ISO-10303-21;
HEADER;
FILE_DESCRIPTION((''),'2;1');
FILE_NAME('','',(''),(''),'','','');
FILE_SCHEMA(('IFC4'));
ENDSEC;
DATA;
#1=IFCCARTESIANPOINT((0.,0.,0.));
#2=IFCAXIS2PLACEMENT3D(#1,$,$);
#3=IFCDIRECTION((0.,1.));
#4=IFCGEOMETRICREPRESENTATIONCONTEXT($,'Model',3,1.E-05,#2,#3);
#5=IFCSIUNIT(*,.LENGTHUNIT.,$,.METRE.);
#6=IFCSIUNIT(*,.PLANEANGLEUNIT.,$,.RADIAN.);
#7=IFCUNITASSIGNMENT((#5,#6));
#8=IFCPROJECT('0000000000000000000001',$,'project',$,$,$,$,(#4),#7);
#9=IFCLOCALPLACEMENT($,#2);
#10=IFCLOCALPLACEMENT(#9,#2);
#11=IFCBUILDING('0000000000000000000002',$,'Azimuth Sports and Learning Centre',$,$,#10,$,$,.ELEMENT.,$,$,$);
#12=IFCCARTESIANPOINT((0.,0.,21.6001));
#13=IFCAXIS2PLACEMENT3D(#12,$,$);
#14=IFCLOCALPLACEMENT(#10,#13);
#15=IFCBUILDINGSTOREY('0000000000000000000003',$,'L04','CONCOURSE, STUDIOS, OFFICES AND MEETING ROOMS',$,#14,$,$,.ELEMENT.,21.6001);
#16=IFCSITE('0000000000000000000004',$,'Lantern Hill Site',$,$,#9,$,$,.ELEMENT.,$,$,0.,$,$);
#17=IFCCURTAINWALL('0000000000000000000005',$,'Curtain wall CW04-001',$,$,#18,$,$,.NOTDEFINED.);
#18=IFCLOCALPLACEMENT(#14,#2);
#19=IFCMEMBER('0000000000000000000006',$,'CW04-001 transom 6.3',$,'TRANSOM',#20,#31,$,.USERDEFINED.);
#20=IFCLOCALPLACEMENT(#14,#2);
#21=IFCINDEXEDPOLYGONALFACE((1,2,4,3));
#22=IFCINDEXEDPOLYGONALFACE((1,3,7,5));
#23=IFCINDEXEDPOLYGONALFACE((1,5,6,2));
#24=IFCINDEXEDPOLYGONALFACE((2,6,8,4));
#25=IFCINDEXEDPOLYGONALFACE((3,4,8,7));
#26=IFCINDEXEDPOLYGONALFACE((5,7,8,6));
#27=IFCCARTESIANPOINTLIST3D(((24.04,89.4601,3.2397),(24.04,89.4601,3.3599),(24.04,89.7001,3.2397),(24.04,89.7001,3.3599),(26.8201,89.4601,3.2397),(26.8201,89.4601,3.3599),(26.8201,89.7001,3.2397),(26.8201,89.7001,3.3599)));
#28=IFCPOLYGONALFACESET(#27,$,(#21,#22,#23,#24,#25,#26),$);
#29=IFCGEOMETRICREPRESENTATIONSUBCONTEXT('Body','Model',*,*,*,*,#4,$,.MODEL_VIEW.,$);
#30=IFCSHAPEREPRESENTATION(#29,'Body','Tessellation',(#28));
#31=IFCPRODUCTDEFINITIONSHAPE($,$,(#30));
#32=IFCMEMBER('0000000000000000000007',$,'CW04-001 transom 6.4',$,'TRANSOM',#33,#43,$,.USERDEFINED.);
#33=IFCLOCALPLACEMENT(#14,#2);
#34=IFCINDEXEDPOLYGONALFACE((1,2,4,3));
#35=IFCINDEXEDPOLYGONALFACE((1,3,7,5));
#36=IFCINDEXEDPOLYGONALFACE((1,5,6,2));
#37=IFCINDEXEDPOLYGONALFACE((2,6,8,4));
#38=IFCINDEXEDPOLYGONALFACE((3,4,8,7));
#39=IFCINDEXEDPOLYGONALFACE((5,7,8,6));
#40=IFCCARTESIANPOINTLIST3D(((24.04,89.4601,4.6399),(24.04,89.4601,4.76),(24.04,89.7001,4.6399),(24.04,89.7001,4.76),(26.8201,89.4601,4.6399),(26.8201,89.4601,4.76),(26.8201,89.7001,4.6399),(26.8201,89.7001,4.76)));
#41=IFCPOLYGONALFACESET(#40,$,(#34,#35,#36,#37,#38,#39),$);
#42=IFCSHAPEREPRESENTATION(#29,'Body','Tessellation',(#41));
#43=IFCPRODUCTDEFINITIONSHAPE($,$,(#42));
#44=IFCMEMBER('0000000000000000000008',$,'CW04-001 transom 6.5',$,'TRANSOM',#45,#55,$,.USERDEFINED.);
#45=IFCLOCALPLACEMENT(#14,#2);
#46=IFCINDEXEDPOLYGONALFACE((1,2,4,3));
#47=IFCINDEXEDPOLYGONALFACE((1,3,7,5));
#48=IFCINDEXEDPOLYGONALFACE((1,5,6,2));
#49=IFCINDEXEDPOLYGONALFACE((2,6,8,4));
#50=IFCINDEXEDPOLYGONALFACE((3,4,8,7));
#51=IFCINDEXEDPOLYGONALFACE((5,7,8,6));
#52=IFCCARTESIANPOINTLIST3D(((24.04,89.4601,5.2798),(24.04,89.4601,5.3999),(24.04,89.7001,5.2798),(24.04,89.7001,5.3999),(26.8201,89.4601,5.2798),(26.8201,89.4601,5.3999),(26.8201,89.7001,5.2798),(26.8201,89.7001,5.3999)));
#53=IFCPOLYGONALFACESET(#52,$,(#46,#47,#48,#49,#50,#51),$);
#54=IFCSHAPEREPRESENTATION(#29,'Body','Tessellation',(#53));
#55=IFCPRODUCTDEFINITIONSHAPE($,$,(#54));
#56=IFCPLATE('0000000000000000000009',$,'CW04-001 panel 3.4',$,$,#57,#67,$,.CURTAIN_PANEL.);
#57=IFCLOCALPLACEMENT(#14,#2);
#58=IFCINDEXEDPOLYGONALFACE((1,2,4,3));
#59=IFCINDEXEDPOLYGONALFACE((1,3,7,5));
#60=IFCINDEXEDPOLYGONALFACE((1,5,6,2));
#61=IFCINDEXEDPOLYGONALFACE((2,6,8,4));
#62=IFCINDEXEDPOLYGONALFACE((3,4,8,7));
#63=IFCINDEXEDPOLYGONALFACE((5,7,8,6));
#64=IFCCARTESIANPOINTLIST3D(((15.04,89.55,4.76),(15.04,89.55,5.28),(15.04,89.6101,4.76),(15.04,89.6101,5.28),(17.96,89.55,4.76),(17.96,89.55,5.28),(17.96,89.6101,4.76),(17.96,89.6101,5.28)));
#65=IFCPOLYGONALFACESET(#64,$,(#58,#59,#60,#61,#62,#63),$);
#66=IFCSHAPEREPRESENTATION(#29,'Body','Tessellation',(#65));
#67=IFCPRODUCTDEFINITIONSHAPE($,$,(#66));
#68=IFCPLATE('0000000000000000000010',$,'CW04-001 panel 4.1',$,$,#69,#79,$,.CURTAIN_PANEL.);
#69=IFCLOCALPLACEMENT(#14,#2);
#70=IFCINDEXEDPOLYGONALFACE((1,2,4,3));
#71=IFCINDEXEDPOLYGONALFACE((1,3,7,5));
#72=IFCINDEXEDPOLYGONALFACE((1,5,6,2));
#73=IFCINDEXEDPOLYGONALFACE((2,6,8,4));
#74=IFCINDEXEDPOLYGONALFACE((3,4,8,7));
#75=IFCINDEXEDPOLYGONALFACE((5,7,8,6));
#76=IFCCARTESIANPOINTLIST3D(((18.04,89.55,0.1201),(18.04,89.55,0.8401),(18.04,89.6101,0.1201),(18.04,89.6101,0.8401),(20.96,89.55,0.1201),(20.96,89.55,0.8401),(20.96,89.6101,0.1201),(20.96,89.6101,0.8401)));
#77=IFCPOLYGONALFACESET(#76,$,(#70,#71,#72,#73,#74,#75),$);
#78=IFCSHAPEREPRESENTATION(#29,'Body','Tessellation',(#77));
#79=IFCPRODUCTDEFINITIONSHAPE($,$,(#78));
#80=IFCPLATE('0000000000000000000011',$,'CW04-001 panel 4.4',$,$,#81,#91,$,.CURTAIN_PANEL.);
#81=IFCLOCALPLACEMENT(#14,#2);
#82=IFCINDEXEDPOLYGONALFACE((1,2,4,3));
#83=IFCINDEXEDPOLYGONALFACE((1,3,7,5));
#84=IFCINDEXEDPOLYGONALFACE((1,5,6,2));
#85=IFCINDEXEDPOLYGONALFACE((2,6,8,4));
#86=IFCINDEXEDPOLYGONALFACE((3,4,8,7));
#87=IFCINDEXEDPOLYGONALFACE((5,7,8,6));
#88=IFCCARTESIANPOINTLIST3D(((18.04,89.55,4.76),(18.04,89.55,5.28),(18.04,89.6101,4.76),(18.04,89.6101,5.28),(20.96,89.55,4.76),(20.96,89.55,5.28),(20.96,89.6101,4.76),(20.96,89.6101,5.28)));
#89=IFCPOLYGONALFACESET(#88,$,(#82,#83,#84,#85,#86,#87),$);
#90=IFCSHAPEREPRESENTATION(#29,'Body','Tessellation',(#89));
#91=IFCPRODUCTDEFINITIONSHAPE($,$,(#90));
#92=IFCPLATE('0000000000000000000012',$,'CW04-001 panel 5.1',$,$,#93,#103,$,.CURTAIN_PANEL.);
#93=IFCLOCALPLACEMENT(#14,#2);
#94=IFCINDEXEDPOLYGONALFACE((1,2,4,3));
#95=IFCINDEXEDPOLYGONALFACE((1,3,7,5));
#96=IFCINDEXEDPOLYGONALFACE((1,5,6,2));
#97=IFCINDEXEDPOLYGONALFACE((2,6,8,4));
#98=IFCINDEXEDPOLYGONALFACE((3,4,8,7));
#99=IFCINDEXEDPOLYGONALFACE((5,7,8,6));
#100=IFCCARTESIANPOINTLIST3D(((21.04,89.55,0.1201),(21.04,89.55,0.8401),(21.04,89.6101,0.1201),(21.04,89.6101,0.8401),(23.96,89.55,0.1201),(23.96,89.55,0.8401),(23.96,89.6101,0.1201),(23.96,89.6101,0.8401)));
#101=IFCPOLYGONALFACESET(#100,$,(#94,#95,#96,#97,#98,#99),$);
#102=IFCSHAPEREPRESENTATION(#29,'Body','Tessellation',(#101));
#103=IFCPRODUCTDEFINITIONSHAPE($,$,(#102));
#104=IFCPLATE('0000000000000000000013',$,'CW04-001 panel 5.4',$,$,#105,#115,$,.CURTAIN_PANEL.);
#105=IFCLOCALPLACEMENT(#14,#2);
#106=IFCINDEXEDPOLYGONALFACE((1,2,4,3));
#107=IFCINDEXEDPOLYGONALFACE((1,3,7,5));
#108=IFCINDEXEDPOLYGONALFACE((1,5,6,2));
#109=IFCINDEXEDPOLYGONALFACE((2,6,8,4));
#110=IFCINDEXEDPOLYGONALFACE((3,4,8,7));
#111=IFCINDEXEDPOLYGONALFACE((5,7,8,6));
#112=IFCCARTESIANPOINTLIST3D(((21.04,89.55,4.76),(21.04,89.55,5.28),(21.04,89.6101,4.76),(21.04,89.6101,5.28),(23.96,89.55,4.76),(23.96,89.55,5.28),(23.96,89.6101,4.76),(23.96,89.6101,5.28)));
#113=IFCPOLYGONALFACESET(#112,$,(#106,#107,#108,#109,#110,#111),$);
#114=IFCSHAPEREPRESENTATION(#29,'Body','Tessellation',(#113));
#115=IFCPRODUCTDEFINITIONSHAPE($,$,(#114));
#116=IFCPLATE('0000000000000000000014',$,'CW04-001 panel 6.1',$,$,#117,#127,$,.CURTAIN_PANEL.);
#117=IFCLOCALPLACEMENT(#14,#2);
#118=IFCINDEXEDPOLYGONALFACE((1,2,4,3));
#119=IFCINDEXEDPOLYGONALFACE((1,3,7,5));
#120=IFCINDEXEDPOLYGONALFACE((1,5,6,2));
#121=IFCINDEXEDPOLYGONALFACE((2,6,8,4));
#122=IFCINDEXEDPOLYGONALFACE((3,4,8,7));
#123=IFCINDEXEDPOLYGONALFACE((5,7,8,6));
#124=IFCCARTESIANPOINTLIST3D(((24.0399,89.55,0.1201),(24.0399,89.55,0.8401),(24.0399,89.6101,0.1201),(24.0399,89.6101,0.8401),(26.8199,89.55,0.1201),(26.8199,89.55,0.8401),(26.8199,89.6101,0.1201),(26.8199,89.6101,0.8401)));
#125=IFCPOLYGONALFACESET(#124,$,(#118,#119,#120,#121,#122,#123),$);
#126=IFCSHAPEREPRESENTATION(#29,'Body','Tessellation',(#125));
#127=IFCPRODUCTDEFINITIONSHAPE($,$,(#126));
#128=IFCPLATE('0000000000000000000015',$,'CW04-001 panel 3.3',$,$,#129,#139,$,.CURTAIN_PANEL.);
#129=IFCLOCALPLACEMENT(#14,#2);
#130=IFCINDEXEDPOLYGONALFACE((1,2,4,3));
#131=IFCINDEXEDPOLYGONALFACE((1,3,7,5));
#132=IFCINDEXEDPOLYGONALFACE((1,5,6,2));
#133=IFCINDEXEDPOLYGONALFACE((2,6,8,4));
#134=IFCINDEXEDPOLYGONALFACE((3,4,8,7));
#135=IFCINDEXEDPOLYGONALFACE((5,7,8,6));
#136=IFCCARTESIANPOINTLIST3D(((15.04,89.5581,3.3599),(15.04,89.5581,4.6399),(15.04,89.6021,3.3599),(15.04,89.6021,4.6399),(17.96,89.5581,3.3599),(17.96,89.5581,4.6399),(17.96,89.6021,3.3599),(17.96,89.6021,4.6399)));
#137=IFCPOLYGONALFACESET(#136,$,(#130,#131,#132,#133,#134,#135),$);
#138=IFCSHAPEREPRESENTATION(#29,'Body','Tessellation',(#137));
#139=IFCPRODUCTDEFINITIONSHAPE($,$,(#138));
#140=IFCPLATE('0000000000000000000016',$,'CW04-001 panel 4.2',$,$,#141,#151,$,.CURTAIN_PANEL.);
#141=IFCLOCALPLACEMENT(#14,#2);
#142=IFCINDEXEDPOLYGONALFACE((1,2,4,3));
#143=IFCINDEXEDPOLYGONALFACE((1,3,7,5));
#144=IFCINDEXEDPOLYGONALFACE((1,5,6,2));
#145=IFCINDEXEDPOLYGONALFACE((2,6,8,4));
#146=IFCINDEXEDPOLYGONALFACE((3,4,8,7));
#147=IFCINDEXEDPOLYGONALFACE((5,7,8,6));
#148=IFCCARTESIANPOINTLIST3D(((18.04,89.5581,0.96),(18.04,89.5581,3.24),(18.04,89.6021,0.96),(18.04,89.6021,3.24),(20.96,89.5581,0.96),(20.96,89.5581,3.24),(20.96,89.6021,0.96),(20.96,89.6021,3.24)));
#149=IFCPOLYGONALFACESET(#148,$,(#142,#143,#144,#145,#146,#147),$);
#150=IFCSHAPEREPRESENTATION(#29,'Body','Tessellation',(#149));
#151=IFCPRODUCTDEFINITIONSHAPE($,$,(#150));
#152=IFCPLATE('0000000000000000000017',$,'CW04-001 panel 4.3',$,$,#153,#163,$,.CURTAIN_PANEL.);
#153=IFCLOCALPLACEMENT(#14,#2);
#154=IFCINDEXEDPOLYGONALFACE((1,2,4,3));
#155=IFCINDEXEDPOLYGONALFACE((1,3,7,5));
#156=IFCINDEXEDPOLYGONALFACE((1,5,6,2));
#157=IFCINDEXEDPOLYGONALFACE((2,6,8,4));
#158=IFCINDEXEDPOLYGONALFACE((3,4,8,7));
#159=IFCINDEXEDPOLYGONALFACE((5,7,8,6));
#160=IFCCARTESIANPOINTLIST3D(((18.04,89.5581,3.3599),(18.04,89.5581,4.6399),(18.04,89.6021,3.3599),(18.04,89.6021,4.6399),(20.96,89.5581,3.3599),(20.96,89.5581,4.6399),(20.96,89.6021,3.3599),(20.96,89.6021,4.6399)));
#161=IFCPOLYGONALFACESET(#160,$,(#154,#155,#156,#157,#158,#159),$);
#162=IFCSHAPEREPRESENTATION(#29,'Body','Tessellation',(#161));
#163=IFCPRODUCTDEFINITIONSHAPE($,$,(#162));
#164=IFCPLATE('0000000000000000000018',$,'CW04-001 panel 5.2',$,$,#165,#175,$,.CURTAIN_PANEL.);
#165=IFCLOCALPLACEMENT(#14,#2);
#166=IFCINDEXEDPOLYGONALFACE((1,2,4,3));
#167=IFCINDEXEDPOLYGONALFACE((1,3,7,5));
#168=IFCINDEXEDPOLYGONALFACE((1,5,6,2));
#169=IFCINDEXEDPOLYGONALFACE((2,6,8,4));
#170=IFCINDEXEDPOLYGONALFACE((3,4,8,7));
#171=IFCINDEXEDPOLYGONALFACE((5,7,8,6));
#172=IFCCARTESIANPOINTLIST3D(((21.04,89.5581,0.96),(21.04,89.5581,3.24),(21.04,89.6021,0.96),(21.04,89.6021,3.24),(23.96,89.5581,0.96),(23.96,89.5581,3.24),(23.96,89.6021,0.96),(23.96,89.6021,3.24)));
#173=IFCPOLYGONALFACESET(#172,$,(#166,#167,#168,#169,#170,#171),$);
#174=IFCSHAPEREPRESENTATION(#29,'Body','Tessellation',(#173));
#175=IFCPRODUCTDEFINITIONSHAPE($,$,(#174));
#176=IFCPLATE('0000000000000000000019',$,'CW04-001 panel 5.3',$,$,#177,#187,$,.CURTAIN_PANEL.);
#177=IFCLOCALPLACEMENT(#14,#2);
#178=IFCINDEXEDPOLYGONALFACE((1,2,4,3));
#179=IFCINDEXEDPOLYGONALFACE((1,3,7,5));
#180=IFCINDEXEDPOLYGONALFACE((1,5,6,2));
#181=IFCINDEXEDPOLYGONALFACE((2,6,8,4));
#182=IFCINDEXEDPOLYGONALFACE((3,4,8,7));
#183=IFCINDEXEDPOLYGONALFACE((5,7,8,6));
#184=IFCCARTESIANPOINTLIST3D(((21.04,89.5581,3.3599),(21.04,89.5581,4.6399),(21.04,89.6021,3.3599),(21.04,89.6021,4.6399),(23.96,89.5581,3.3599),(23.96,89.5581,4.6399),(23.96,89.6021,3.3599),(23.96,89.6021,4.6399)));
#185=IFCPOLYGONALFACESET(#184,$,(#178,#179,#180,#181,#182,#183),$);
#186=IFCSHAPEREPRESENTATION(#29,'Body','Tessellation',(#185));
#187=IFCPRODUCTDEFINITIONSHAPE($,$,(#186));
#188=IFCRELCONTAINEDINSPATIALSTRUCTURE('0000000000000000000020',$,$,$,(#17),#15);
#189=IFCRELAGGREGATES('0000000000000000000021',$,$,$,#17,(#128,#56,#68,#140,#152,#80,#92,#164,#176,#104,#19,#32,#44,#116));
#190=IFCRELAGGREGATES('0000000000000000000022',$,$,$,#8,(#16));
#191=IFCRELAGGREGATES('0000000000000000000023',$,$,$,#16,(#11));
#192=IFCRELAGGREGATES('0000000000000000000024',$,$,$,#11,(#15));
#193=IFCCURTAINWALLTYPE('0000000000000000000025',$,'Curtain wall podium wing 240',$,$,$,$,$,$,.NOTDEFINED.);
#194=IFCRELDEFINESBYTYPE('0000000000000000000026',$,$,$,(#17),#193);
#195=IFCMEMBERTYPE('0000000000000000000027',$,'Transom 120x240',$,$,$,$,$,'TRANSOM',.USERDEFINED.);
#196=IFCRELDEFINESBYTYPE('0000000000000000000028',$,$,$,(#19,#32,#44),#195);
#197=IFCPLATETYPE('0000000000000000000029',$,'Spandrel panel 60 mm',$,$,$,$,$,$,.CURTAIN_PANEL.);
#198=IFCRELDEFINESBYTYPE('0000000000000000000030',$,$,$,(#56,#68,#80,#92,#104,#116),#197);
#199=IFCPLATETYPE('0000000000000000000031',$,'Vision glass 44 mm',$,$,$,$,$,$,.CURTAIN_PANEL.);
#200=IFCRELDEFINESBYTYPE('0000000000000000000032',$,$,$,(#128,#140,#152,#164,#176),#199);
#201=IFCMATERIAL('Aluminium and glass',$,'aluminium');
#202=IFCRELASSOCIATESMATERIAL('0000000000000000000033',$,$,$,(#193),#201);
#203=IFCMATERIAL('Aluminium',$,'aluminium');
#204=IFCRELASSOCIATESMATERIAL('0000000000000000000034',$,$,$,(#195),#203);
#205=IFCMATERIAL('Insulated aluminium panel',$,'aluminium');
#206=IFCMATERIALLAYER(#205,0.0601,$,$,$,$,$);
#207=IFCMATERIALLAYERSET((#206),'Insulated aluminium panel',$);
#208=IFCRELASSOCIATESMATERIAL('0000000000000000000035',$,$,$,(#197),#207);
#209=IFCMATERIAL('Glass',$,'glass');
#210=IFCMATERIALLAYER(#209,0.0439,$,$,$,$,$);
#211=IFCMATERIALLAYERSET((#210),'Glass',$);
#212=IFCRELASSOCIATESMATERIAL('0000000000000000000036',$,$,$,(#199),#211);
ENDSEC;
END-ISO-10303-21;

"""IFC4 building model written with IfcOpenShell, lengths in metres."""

from ifc_helpers import new_model, si_unit, direction, frame, origin, origin_2d, place, context, subcontext, project, spatial, rectangle, extrude, material, layer, layer_set, material_profile, profile_set, type_object, element, aggregate, save


model = new_model("IFC4")

# Units and contexts
model_context = context("Model", 3, precision=1e-05, world=origin(), true_north=direction((0.0, 1.0)))
body_context = subcontext(model_context, "Body", "Model", "MODEL_VIEW")
ifc_project = project(units=[si_unit("LENGTHUNIT", "METRE"), si_unit("PLANEANGLEUNIT", "RADIAN")], contexts=[model_context])

# Site, building, storey
site_placement = place(None, origin())
site = spatial("IfcSite", under=ifc_project, at=site_placement, Name="Lantern Hill Site", CompositionType="ELEMENT", RefElevation=0.0)
building_placement = place(site_placement, origin())
building = spatial("IfcBuilding", under=site, at=building_placement, Name="Azimuth Sports and Learning Centre", CompositionType="ELEMENT")
storey_placement = place(building_placement, frame((0.0, 0.0, 21.6001)))
storey = spatial("IfcBuildingStorey", under=building, at=storey_placement, Name="L04", Description="CONCOURSE, STUDIOS, OFFICES AND MEETING ROOMS", CompositionType="ELEMENT", Elevation=21.6001)

# Curtain wall, members, plates
ifc_material_1 = material(Name="Aluminium and glass", Category="aluminium")
curtain_wall_type = type_object("IfcCurtainWallType", Name="Curtain wall podium wing 240", PredefinedType="NOTDEFINED", material=ifc_material_1)
curtain_wall_placement = place(storey_placement, origin())
curtain_wall = element("IfcCurtainWall", 1, at=curtain_wall_placement, inside=storey, type_object=curtain_wall_type, Name="Curtain wall CW04-001", PredefinedType="NOTDEFINED")
ifc_material_2 = material(Name="Aluminium", Category="aluminium")
ifc_material_profile_1 = material_profile(ifc_material_2, rectangle(XDim=0.24, YDim=0.1201, at=origin_2d()), Name="Transom 120x240")
ifc_profile_set_1 = profile_set([ifc_material_profile_1], Name="Aluminium")
member_type_1 = type_object("IfcMemberType", Name="Transom 120x240", ElementType="TRANSOM", PredefinedType="USERDEFINED", material=ifc_profile_set_1)
member_1_placement = place(storey_placement, frame((24.04, 89.5801, 3.2998), z_axis=(1.0, 0.0, 0.0), x_axis=(0.0, 1.0, 0.0)))
member_1 = element("IfcMember", 2, at=member_1_placement, type_object=member_type_1, Name="CW04-001 transom 6.3", ObjectType="TRANSOM", PredefinedType="USERDEFINED", context=body_context, shape_type="SweptSolid", body=[
    extrude(rectangle(XDim=0.24, YDim=0.1201, at=origin_2d()), origin(), (0.0, 0.0, 1.0), 2.78),
])
member_2_placement = place(storey_placement, frame((24.04, 89.5801, 4.7), z_axis=(1.0, 0.0, 0.0), x_axis=(0.0, 1.0, 0.0)))
member_2 = element("IfcMember", 3, at=member_2_placement, type_object=member_type_1, Name="CW04-001 transom 6.4", ObjectType="TRANSOM", PredefinedType="USERDEFINED", context=body_context, shape_type="SweptSolid", body=[
    extrude(rectangle(XDim=0.24, YDim=0.1201, at=origin_2d()), origin(), (0.0, 0.0, 1.0), 2.78),
])
member_3_placement = place(storey_placement, frame((24.04, 89.5801, 5.3398), z_axis=(1.0, 0.0, 0.0), x_axis=(0.0, 1.0, 0.0)))
member_3 = element("IfcMember", 4, at=member_3_placement, type_object=member_type_1, Name="CW04-001 transom 6.5", ObjectType="TRANSOM", PredefinedType="USERDEFINED", context=body_context, shape_type="SweptSolid", body=[
    extrude(rectangle(XDim=0.24, YDim=0.1201, at=origin_2d()), origin(), (0.0, 0.0, 1.0), 2.78),
])
ifc_material_3 = material(Name="Insulated aluminium panel", Category="aluminium")
ifc_layer_1 = layer(ifc_material_3, 0.0601)
ifc_layer_set_1 = layer_set([ifc_layer_1], Name="Insulated aluminium panel")
plate_type_1 = type_object("IfcPlateType", Name="Spandrel panel 60 mm", PredefinedType="CURTAIN_PANEL", material=ifc_layer_set_1)
plate_1_placement = place(storey_placement, frame((16.5, 89.5801, 4.76), z_axis=(0.0, 0.0, 1.0), x_axis=(1.0, 0.0, 0.0)))
plate_1 = element("IfcPlate", 5, at=plate_1_placement, type_object=plate_type_1, Name="CW04-001 panel 3.4", PredefinedType="CURTAIN_PANEL", context=body_context, shape_type="SweptSolid", body=[
    extrude(rectangle(XDim=2.9199, YDim=0.0601, at=origin_2d()), origin(), (0.0, 0.0, 1.0), 0.52),
])
plate_2_placement = place(storey_placement, frame((19.5, 89.5801, 0.1201), z_axis=(0.0, 0.0, 1.0), x_axis=(1.0, 0.0, 0.0)))
plate_2 = element("IfcPlate", 6, at=plate_2_placement, type_object=plate_type_1, Name="CW04-001 panel 4.1", PredefinedType="CURTAIN_PANEL", context=body_context, shape_type="SweptSolid", body=[
    extrude(rectangle(XDim=2.9199, YDim=0.0601, at=origin_2d()), origin(), (0.0, 0.0, 1.0), 0.72),
])
plate_3_placement = place(storey_placement, frame((19.5, 89.5801, 4.76), z_axis=(0.0, 0.0, 1.0), x_axis=(1.0, 0.0, 0.0)))
plate_3 = element("IfcPlate", 7, at=plate_3_placement, type_object=plate_type_1, Name="CW04-001 panel 4.4", PredefinedType="CURTAIN_PANEL", context=body_context, shape_type="SweptSolid", body=[
    extrude(rectangle(XDim=2.9199, YDim=0.0601, at=origin_2d()), origin(), (0.0, 0.0, 1.0), 0.52),
])
plate_4_placement = place(storey_placement, frame((22.5, 89.5801, 0.1201), z_axis=(0.0, 0.0, 1.0), x_axis=(1.0, 0.0, 0.0)))
plate_4 = element("IfcPlate", 8, at=plate_4_placement, type_object=plate_type_1, Name="CW04-001 panel 5.1", PredefinedType="CURTAIN_PANEL", context=body_context, shape_type="SweptSolid", body=[
    extrude(rectangle(XDim=2.9199, YDim=0.0601, at=origin_2d()), origin(), (0.0, 0.0, 1.0), 0.72),
])
plate_5_placement = place(storey_placement, frame((22.5, 89.5801, 4.76), z_axis=(0.0, 0.0, 1.0), x_axis=(1.0, 0.0, 0.0)))
plate_5 = element("IfcPlate", 9, at=plate_5_placement, type_object=plate_type_1, Name="CW04-001 panel 5.4", PredefinedType="CURTAIN_PANEL", context=body_context, shape_type="SweptSolid", body=[
    extrude(rectangle(XDim=2.9199, YDim=0.0601, at=origin_2d()), origin(), (0.0, 0.0, 1.0), 0.52),
])
plate_6_placement = place(storey_placement, frame((25.4299, 89.5801, 0.1201), z_axis=(0.0, 0.0, 1.0), x_axis=(1.0, 0.0, 0.0)))
plate_6 = element("IfcPlate", 10, at=plate_6_placement, type_object=plate_type_1, Name="CW04-001 panel 6.1", PredefinedType="CURTAIN_PANEL", context=body_context, shape_type="SweptSolid", body=[
    extrude(rectangle(XDim=2.78, YDim=0.0601, at=origin_2d()), origin(), (0.0, 0.0, 1.0), 0.72),
])
ifc_material_4 = material(Name="Glass", Category="glass")
ifc_layer_2 = layer(ifc_material_4, 0.0439)
ifc_layer_set_2 = layer_set([ifc_layer_2], Name="Glass")
plate_type_2 = type_object("IfcPlateType", Name="Vision glass 44 mm", PredefinedType="CURTAIN_PANEL", material=ifc_layer_set_2)
plate_7_placement = place(storey_placement, frame((16.5, 89.5801, 3.3599), z_axis=(0.0, 0.0, 1.0), x_axis=(1.0, 0.0, 0.0)))
plate_7 = element("IfcPlate", 11, at=plate_7_placement, type_object=plate_type_2, Name="CW04-001 panel 3.3", PredefinedType="CURTAIN_PANEL", context=body_context, shape_type="SweptSolid", body=[
    extrude(rectangle(XDim=2.9199, YDim=0.0439, at=origin_2d()), origin(), (0.0, 0.0, 1.0), 1.28),
])
plate_8_placement = place(storey_placement, frame((19.5, 89.5801, 0.96), z_axis=(0.0, 0.0, 1.0), x_axis=(1.0, 0.0, 0.0)))
plate_8 = element("IfcPlate", 12, at=plate_8_placement, type_object=plate_type_2, Name="CW04-001 panel 4.2", PredefinedType="CURTAIN_PANEL", context=body_context, shape_type="SweptSolid", body=[
    extrude(rectangle(XDim=2.9199, YDim=0.0439, at=origin_2d()), origin(), (0.0, 0.0, 1.0), 2.28),
])
plate_9_placement = place(storey_placement, frame((19.5, 89.5801, 3.3599), z_axis=(0.0, 0.0, 1.0), x_axis=(1.0, 0.0, 0.0)))
plate_9 = element("IfcPlate", 13, at=plate_9_placement, type_object=plate_type_2, Name="CW04-001 panel 4.3", PredefinedType="CURTAIN_PANEL", context=body_context, shape_type="SweptSolid", body=[
    extrude(rectangle(XDim=2.9199, YDim=0.0439, at=origin_2d()), origin(), (0.0, 0.0, 1.0), 1.28),
])
plate_10_placement = place(storey_placement, frame((22.5, 89.5801, 0.96), z_axis=(0.0, 0.0, 1.0), x_axis=(1.0, 0.0, 0.0)))
plate_10 = element("IfcPlate", 14, at=plate_10_placement, type_object=plate_type_2, Name="CW04-001 panel 5.2", PredefinedType="CURTAIN_PANEL", context=body_context, shape_type="SweptSolid", body=[
    extrude(rectangle(XDim=2.9199, YDim=0.0439, at=origin_2d()), origin(), (0.0, 0.0, 1.0), 2.28),
])
plate_11_placement = place(storey_placement, frame((22.5, 89.5801, 3.3599), z_axis=(0.0, 0.0, 1.0), x_axis=(1.0, 0.0, 0.0)))
plate_11 = element("IfcPlate", 15, at=plate_11_placement, type_object=plate_type_2, Name="CW04-001 panel 5.3", PredefinedType="CURTAIN_PANEL", context=body_context, shape_type="SweptSolid", body=[
    extrude(rectangle(XDim=2.9199, YDim=0.0439, at=origin_2d()), origin(), (0.0, 0.0, 1.0), 1.28),
])
aggregate(curtain_wall, [plate_7, plate_1, plate_2, plate_8, plate_9, plate_3, plate_4, plate_10, plate_11, plate_5, member_1, member_2, member_3, plate_6])

save(model, "model.ifc")
